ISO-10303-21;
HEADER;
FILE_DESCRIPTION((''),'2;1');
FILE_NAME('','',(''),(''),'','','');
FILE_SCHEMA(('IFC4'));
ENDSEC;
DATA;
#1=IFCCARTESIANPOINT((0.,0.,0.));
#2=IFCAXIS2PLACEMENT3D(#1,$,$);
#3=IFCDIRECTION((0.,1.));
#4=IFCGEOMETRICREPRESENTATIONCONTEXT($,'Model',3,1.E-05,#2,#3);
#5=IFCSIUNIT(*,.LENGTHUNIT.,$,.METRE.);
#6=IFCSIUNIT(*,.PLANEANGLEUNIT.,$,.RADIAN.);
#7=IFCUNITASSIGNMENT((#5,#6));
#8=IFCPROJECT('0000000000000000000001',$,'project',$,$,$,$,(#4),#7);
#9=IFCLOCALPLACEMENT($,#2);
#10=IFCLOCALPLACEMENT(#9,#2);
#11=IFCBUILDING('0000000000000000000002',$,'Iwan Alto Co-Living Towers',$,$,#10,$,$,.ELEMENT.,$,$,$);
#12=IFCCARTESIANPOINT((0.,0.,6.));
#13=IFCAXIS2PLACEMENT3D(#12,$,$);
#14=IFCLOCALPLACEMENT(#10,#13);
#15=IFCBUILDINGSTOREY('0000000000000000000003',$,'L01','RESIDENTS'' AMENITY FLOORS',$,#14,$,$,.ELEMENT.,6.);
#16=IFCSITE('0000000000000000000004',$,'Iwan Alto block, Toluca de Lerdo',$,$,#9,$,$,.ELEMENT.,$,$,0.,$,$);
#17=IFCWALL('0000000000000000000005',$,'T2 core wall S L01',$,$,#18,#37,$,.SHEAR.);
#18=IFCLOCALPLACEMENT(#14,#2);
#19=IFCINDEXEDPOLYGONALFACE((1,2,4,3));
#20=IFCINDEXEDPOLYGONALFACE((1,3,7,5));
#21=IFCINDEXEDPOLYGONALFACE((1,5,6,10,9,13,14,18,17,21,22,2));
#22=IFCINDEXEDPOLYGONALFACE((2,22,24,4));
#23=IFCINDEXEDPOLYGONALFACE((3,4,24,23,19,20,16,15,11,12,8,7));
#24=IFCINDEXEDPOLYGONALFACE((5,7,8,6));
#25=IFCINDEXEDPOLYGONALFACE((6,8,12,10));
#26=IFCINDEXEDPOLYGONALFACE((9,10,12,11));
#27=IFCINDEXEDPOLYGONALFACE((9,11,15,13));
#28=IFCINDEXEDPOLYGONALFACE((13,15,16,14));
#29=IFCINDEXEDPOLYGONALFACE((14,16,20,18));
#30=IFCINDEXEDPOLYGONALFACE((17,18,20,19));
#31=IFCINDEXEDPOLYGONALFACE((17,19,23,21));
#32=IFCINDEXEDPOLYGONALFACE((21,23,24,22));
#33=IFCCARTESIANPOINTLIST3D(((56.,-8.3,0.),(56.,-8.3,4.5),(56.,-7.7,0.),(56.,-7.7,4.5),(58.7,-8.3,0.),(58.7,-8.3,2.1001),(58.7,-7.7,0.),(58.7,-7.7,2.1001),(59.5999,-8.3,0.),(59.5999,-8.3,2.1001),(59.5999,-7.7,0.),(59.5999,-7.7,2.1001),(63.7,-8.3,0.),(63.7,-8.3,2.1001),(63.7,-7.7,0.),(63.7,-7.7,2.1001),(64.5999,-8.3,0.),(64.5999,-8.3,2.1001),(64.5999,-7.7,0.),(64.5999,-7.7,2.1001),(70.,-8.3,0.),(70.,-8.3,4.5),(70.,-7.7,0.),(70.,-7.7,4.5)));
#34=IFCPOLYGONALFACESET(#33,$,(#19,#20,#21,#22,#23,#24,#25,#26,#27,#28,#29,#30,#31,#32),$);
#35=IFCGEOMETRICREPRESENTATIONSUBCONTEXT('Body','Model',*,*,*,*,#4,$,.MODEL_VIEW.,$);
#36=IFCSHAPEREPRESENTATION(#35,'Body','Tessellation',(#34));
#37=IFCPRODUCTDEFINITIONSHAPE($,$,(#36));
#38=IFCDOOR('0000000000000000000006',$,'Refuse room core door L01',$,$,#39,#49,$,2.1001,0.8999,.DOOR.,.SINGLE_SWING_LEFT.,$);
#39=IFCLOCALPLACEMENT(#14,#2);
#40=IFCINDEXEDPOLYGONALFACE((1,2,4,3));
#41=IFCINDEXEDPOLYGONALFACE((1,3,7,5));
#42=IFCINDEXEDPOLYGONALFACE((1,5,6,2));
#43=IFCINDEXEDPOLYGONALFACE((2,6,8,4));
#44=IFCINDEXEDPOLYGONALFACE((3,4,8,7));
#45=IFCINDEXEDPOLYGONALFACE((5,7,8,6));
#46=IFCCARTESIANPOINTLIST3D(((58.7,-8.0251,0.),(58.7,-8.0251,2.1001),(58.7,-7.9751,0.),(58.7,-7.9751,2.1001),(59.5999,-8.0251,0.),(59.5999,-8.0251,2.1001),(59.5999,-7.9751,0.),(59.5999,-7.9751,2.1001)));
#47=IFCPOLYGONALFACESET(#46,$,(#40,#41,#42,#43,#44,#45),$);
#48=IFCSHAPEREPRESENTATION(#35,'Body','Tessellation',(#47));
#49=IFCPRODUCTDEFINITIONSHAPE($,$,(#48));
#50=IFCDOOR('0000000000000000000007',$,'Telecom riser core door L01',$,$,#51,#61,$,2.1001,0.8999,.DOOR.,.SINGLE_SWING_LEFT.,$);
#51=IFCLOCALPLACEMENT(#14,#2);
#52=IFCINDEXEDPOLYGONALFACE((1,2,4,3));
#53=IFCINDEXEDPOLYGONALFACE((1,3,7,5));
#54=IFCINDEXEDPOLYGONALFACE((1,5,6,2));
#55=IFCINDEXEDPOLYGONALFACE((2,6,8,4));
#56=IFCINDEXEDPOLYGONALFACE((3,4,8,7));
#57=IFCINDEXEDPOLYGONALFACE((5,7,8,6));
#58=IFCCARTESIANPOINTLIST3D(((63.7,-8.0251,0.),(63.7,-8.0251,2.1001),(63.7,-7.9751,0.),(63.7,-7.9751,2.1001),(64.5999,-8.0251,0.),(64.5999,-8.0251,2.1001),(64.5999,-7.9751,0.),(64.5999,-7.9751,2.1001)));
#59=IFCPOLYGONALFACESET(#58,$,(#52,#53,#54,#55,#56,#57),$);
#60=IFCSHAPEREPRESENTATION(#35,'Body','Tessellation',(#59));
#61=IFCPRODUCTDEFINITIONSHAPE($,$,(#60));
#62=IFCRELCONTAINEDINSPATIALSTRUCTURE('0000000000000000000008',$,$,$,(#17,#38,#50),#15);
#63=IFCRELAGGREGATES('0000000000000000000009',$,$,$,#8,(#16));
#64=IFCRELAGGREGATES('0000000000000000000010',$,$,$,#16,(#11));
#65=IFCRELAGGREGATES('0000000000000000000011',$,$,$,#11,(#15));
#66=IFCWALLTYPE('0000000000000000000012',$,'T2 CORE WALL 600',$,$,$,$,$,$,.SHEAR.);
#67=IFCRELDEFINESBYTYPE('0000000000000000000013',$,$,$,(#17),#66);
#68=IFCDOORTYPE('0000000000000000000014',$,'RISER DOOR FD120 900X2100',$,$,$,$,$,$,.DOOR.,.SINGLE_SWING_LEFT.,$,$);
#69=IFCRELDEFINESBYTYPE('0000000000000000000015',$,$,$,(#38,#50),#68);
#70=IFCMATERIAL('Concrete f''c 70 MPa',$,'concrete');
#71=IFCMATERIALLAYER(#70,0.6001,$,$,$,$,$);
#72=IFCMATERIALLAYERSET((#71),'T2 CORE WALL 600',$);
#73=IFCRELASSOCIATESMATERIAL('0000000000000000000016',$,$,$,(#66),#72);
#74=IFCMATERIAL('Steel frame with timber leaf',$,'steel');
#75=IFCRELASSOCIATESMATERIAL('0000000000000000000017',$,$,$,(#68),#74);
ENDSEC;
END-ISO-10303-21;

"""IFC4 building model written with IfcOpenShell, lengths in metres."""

from ifc_helpers import new_model, si_unit, direction, frame, frame_2d, origin, place, context, subcontext, project, spatial, rectangle, extrude, material, layer, layer_set, type_object, element, fill, save


model = new_model("IFC4")

# Units and contexts
model_context = context("Model", 3, precision=1e-05, world=origin(), true_north=direction((0.0, 1.0)))
body_context = subcontext(model_context, "Body", "Model", "MODEL_VIEW")
ifc_project = project(units=[si_unit("LENGTHUNIT", "METRE"), si_unit("PLANEANGLEUNIT", "RADIAN")], contexts=[model_context])

# Site, building, storey
site_placement = place(None, origin())
site = spatial("IfcSite", under=ifc_project, at=site_placement, Name="Iwan Alto block, Toluca de Lerdo", CompositionType="ELEMENT", RefElevation=0.0)
building_placement = place(site_placement, origin())
building = spatial("IfcBuilding", under=site, at=building_placement, Name="Iwan Alto Co-Living Towers", CompositionType="ELEMENT")
storey_placement = place(building_placement, frame((0.0, 0.0, 6.0)))
storey = spatial("IfcBuildingStorey", under=building, at=storey_placement, Name="L01", Description="RESIDENTS' AMENITY FLOORS", CompositionType="ELEMENT", Elevation=6.0)

# Wall, openings, doors
ifc_material_1 = material(Name="Concrete f'c 70 MPa", Category="concrete")
ifc_layer_1 = layer(ifc_material_1, 0.6001)
ifc_layer_set_1 = layer_set([ifc_layer_1], Name="T2 CORE WALL 600")
wall_type_1 = type_object("IfcWallType", Name="T2 CORE WALL 600", PredefinedType="SHEAR", material=ifc_layer_set_1)
wall_1_placement = place(storey_placement, frame((56.0, -8.0, 0.0), z_axis=(0.0, 0.0, 1.0), x_axis=(1.0, 0.0, 0.0)))
wall_1 = element("IfcWall", 1, at=wall_1_placement, inside=storey, type_object=wall_type_1, Name="T2 core wall S L01", PredefinedType="SHEAR", context=body_context, shape_type="SweptSolid", body=[
    extrude(rectangle(XDim=14.0, YDim=0.6001, at=frame_2d((7.0, 0.0))), origin(), (0.0, 0.0, 1.0), 4.5),
])
opening_1_placement = place(wall_1_placement, frame((2.7, 0.0, 0.0)))
opening_1 = element("IfcOpeningElement", 2, at=opening_1_placement, cuts=wall_1, PredefinedType="OPENING", context=body_context, shape_type="SweptSolid", body=[
    extrude(rectangle(XDim=0.8999, YDim=2.1001, at=frame_2d((0.45, 1.05))), frame((0.0, 0.3101, 0.0), z_axis=(0.0, -1.0, 0.0), x_axis=(1.0, 0.0, 0.0)), (0.0, 0.0, 1.0), 0.6201),
])
opening_2_placement = place(wall_1_placement, frame((7.7, 0.0, 0.0)))
opening_2 = element("IfcOpeningElement", 3, at=opening_2_placement, cuts=wall_1, PredefinedType="OPENING", context=body_context, shape_type="SweptSolid", body=[
    extrude(rectangle(XDim=0.8999, YDim=2.1001, at=frame_2d((0.45, 1.05))), frame((0.0, 0.3101, 0.0), z_axis=(0.0, -1.0, 0.0), x_axis=(1.0, 0.0, 0.0)), (0.0, 0.0, 1.0), 0.6201),
])
ifc_material_2 = material(Name="Steel frame with timber leaf", Category="steel")
door_type_1 = type_object("IfcDoorType", Name="RISER DOOR FD120 900X2100", OperationType="SINGLE_SWING_LEFT", PredefinedType="DOOR", material=ifc_material_2)
door_1_placement = place(opening_1_placement, origin())
door_1 = element("IfcDoor", 4, at=door_1_placement, inside=storey, type_object=door_type_1, Name="Refuse room core door L01", OperationType="SINGLE_SWING_LEFT", OverallHeight=2.1001, OverallWidth=0.8999, PredefinedType="DOOR", context=body_context, shape_type="SweptSolid", body=[
    extrude(rectangle(XDim=0.8999, YDim=2.1001, at=frame_2d((0.45, 1.05))), frame((0.0, 0.0249, 0.0), z_axis=(0.0, -1.0, 0.0), x_axis=(1.0, 0.0, 0.0)), (0.0, 0.0, 1.0), 0.05),
])
fill(opening_1, door_1)
door_2_placement = place(opening_2_placement, origin())
door_2 = element("IfcDoor", 5, at=door_2_placement, inside=storey, type_object=door_type_1, Name="Telecom riser core door L01", OperationType="SINGLE_SWING_LEFT", OverallHeight=2.1001, OverallWidth=0.8999, PredefinedType="DOOR", context=body_context, shape_type="SweptSolid", body=[
    extrude(rectangle(XDim=0.8999, YDim=2.1001, at=frame_2d((0.45, 1.05))), frame((0.0, 0.0249, 0.0), z_axis=(0.0, -1.0, 0.0), x_axis=(1.0, 0.0, 0.0)), (0.0, 0.0, 1.0), 0.05),
])
fill(opening_2, door_2)

save(model, "model.ifc")
